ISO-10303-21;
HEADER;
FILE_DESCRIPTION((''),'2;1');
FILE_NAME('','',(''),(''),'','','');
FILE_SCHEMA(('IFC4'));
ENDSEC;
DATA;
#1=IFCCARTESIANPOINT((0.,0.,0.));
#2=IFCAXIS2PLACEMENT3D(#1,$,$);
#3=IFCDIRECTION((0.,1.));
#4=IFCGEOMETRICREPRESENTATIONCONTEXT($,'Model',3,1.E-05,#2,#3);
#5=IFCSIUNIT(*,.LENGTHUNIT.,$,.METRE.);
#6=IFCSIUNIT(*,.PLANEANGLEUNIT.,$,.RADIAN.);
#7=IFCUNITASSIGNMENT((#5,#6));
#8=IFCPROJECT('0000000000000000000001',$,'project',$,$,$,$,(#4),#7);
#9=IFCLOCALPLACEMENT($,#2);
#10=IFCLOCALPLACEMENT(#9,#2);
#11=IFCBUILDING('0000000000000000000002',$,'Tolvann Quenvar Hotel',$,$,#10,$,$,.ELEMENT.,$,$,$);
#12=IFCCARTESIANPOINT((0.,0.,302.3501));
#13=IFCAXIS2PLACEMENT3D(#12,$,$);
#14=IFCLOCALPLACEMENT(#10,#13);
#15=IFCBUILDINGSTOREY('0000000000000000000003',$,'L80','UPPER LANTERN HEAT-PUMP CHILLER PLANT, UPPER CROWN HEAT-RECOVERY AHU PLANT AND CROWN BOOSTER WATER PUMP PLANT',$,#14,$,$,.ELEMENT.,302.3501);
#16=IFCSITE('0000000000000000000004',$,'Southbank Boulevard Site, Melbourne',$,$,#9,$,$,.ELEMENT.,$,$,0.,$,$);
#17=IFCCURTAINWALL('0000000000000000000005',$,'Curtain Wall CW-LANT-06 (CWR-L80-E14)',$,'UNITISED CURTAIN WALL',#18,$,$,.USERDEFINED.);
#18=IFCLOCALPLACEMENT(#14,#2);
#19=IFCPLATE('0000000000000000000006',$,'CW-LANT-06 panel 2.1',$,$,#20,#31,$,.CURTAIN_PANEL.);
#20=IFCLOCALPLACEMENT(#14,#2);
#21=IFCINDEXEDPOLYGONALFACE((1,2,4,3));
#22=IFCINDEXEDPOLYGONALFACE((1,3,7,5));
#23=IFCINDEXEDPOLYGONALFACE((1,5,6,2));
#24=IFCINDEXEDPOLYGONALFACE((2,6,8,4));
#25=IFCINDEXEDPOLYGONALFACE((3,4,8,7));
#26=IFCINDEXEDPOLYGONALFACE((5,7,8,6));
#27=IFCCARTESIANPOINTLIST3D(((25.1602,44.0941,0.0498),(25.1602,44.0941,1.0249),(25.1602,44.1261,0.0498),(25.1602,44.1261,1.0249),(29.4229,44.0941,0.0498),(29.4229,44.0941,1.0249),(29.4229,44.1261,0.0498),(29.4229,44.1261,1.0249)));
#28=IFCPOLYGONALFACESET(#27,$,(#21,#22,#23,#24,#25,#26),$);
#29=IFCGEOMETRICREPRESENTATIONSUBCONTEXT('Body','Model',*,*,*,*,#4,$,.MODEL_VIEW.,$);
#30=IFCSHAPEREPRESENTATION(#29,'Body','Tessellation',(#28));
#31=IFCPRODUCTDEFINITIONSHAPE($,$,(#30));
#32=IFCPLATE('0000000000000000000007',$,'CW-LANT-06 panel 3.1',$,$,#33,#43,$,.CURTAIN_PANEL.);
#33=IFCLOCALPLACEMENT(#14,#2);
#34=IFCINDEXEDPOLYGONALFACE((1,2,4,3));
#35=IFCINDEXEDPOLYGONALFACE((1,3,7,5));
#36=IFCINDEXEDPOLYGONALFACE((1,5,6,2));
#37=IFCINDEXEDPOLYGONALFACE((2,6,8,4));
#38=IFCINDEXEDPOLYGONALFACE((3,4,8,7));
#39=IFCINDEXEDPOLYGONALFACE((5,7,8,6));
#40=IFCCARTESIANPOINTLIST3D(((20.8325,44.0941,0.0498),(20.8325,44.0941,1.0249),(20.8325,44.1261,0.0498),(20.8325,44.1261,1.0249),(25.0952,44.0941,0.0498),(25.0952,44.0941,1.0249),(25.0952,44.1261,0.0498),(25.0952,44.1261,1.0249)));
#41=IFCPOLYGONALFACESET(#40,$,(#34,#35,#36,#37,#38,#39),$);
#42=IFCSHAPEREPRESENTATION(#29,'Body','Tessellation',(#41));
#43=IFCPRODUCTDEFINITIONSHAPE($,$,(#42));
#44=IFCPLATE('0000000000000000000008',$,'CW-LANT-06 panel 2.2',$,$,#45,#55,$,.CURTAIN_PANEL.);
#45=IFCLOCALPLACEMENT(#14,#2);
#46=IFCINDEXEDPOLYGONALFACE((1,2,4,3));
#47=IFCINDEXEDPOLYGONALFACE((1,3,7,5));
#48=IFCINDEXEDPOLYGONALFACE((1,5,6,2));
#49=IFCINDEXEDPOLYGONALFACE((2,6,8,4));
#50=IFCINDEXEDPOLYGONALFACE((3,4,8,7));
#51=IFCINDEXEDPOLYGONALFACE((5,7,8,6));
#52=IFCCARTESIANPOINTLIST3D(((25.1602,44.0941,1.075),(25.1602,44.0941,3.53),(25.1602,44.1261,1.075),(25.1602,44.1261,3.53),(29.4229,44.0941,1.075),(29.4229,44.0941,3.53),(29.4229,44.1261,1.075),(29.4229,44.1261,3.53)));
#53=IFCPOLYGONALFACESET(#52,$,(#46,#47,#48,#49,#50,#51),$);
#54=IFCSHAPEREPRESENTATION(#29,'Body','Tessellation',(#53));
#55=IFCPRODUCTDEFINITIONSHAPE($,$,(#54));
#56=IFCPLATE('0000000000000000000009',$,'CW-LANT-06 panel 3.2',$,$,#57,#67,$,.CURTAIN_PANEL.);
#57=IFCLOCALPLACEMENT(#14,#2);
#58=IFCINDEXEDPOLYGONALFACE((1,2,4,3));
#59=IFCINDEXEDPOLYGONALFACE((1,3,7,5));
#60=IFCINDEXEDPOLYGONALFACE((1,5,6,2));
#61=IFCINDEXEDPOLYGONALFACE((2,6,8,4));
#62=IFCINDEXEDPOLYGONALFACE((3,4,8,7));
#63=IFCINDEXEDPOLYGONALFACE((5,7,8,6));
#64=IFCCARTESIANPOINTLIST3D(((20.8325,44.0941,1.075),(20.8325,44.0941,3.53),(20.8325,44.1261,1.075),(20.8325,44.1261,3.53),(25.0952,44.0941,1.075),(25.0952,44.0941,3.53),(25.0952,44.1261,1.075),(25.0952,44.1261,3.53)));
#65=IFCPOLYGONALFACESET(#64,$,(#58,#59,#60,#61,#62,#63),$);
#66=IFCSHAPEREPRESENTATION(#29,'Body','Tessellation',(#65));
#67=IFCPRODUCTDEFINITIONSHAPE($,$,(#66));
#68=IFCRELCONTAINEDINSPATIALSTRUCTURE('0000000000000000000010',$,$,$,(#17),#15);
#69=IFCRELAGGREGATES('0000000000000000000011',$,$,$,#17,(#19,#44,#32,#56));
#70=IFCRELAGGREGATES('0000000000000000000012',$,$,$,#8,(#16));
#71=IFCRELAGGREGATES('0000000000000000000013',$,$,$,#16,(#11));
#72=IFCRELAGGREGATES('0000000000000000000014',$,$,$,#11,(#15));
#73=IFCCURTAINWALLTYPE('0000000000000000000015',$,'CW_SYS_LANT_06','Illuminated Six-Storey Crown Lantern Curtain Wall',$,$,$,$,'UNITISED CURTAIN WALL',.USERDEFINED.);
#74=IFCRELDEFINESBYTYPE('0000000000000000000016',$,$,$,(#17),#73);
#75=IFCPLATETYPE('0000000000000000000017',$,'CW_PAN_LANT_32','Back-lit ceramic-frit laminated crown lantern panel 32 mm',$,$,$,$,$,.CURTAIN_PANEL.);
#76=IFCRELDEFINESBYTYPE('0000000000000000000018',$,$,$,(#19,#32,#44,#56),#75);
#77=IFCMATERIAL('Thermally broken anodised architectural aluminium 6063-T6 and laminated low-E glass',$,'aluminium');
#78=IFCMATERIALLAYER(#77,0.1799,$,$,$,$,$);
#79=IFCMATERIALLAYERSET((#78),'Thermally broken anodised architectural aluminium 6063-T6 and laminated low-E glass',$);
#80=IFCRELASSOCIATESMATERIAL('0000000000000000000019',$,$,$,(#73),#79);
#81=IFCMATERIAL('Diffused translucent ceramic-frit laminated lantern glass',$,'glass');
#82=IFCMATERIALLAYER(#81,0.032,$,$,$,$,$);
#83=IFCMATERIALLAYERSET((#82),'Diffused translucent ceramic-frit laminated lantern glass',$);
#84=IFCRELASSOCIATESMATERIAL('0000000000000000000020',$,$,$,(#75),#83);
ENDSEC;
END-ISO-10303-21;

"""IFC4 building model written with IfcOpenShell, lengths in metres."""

from ifc_helpers import new_model, si_unit, direction, frame, origin, origin_2d, place, context, subcontext, project, spatial, rectangle, extrude, source, transform, mapped, material, layer, layer_set, type_object, element, aggregate, save


model = new_model("IFC4")

# Units and contexts
model_context = context("Model", 3, precision=1e-05, world=origin(), true_north=direction((0.0, 1.0)))
body_context = subcontext(model_context, "Body", "Model", "MODEL_VIEW")
ifc_project = project(units=[si_unit("LENGTHUNIT", "METRE"), si_unit("PLANEANGLEUNIT", "RADIAN")], contexts=[model_context])

# Site, building, storey
site_placement = place(None, origin())
site = spatial("IfcSite", under=ifc_project, at=site_placement, Name="Southbank Boulevard Site, Melbourne", CompositionType="ELEMENT", RefElevation=0.0)
building_placement = place(site_placement, origin())
building = spatial("IfcBuilding", under=site, at=building_placement, Name="Tolvann Quenvar Hotel", CompositionType="ELEMENT")
storey_placement = place(building_placement, frame((0.0, 0.0, 302.3501)))
storey = spatial("IfcBuildingStorey", under=building, at=storey_placement, Name="L80", Description="UPPER LANTERN HEAT-PUMP CHILLER PLANT, UPPER CROWN HEAT-RECOVERY AHU PLANT AND CROWN BOOSTER WATER PUMP PLANT", CompositionType="ELEMENT", Elevation=302.3501)

# Curtain wall
ifc_material_1 = material(Name="Thermally broken anodised architectural aluminium 6063-T6 and laminated low-E glass", Category="aluminium")
ifc_layer_1 = layer(ifc_material_1, 0.1799)
ifc_layer_set_1 = layer_set([ifc_layer_1], Name="Thermally broken anodised architectural aluminium 6063-T6 and laminated low-E glass")
curtain_wall_type = type_object("IfcCurtainWallType", Name="CW_SYS_LANT_06", Description="Illuminated Six-Storey Crown Lantern Curtain Wall", ElementType="UNITISED CURTAIN WALL", PredefinedType="USERDEFINED", material=ifc_layer_set_1)
curtain_wall_1_placement = place(storey_placement, origin())
curtain_wall_1 = element("IfcCurtainWall", 1, at=curtain_wall_1_placement, inside=storey, type_object=curtain_wall_type, Name="Curtain Wall CW-LANT-06 (CWR-L80-E14)", ObjectType="UNITISED CURTAIN WALL", PredefinedType="USERDEFINED")

# Plates
ifc_material_2 = material(Name="Diffused translucent ceramic-frit laminated lantern glass", Category="glass")
ifc_layer_2 = layer(ifc_material_2, 0.032)
ifc_layer_set_2 = layer_set([ifc_layer_2], Name="Diffused translucent ceramic-frit laminated lantern glass")
plate_type = type_object("IfcPlateType", Name="CW_PAN_LANT_32", Description="Back-lit ceramic-frit laminated crown lantern panel 32 mm", PredefinedType="CURTAIN_PANEL", material=ifc_layer_set_2)
shared_shape_1 = source(origin(), body_context, "Body", "SweptSolid", [
    extrude(rectangle(XDim=4.2627, YDim=0.032, at=origin_2d()), origin(), (0.0, 0.0, 1.0), 0.9751),
])
plate_1_placement = place(storey_placement, frame((27.2915, 44.1101, 0.0498), z_axis=(0.0, 0.0, 1.0), x_axis=(-1.0, 0.0, 0.0)))
plate_1 = element("IfcPlate", 2, at=plate_1_placement, type_object=plate_type, Name="CW-LANT-06 panel 2.1", PredefinedType="CURTAIN_PANEL", context=body_context, shape_type="MappedRepresentation", body=[
    mapped(shared_shape_1, transform((0.0, 0.0, 0.0), x_axis=(1.0, 0.0, 0.0), y_axis=(0.0, 1.0, 0.0), z_axis=(0.0, 0.0, 1.0), scale=1.0)),
])
plate_2_placement = place(storey_placement, frame((22.9639, 44.1101, 0.0498), z_axis=(0.0, 0.0, 1.0), x_axis=(-1.0, 0.0, 0.0)))
plate_2 = element("IfcPlate", 3, at=plate_2_placement, type_object=plate_type, Name="CW-LANT-06 panel 3.1", PredefinedType="CURTAIN_PANEL", context=body_context, shape_type="MappedRepresentation", body=[
    mapped(shared_shape_1, transform((0.0, 0.0, 0.0), x_axis=(1.0, 0.0, 0.0), y_axis=(0.0, 1.0, 0.0), z_axis=(0.0, 0.0, 1.0), scale=1.0)),
])
shared_shape_2 = source(origin(), body_context, "Body", "SweptSolid", [
    extrude(rectangle(XDim=4.2627, YDim=0.032, at=origin_2d()), origin(), (0.0, 0.0, 1.0), 2.4551),
])
plate_3_placement = place(storey_placement, frame((27.2915, 44.1101, 1.075), z_axis=(0.0, 0.0, 1.0), x_axis=(-1.0, 0.0, 0.0)))
plate_3 = element("IfcPlate", 4, at=plate_3_placement, type_object=plate_type, Name="CW-LANT-06 panel 2.2", PredefinedType="CURTAIN_PANEL", context=body_context, shape_type="MappedRepresentation", body=[
    mapped(shared_shape_2, transform((0.0, 0.0, 0.0), x_axis=(1.0, 0.0, 0.0), y_axis=(0.0, 1.0, 0.0), z_axis=(0.0, 0.0, 1.0), scale=1.0)),
])
plate_4_placement = place(storey_placement, frame((22.9639, 44.1101, 1.075), z_axis=(0.0, 0.0, 1.0), x_axis=(-1.0, 0.0, 0.0)))
plate_4 = element("IfcPlate", 5, at=plate_4_placement, type_object=plate_type, Name="CW-LANT-06 panel 3.2", PredefinedType="CURTAIN_PANEL", context=body_context, shape_type="MappedRepresentation", body=[
    mapped(shared_shape_2, transform((0.0, 0.0, 0.0), x_axis=(1.0, 0.0, 0.0), y_axis=(0.0, 1.0, 0.0), z_axis=(0.0, 0.0, 1.0), scale=1.0)),
])
aggregate(curtain_wall_1, [plate_1, plate_3, plate_2, plate_4])

save(model, "model.ifc")
